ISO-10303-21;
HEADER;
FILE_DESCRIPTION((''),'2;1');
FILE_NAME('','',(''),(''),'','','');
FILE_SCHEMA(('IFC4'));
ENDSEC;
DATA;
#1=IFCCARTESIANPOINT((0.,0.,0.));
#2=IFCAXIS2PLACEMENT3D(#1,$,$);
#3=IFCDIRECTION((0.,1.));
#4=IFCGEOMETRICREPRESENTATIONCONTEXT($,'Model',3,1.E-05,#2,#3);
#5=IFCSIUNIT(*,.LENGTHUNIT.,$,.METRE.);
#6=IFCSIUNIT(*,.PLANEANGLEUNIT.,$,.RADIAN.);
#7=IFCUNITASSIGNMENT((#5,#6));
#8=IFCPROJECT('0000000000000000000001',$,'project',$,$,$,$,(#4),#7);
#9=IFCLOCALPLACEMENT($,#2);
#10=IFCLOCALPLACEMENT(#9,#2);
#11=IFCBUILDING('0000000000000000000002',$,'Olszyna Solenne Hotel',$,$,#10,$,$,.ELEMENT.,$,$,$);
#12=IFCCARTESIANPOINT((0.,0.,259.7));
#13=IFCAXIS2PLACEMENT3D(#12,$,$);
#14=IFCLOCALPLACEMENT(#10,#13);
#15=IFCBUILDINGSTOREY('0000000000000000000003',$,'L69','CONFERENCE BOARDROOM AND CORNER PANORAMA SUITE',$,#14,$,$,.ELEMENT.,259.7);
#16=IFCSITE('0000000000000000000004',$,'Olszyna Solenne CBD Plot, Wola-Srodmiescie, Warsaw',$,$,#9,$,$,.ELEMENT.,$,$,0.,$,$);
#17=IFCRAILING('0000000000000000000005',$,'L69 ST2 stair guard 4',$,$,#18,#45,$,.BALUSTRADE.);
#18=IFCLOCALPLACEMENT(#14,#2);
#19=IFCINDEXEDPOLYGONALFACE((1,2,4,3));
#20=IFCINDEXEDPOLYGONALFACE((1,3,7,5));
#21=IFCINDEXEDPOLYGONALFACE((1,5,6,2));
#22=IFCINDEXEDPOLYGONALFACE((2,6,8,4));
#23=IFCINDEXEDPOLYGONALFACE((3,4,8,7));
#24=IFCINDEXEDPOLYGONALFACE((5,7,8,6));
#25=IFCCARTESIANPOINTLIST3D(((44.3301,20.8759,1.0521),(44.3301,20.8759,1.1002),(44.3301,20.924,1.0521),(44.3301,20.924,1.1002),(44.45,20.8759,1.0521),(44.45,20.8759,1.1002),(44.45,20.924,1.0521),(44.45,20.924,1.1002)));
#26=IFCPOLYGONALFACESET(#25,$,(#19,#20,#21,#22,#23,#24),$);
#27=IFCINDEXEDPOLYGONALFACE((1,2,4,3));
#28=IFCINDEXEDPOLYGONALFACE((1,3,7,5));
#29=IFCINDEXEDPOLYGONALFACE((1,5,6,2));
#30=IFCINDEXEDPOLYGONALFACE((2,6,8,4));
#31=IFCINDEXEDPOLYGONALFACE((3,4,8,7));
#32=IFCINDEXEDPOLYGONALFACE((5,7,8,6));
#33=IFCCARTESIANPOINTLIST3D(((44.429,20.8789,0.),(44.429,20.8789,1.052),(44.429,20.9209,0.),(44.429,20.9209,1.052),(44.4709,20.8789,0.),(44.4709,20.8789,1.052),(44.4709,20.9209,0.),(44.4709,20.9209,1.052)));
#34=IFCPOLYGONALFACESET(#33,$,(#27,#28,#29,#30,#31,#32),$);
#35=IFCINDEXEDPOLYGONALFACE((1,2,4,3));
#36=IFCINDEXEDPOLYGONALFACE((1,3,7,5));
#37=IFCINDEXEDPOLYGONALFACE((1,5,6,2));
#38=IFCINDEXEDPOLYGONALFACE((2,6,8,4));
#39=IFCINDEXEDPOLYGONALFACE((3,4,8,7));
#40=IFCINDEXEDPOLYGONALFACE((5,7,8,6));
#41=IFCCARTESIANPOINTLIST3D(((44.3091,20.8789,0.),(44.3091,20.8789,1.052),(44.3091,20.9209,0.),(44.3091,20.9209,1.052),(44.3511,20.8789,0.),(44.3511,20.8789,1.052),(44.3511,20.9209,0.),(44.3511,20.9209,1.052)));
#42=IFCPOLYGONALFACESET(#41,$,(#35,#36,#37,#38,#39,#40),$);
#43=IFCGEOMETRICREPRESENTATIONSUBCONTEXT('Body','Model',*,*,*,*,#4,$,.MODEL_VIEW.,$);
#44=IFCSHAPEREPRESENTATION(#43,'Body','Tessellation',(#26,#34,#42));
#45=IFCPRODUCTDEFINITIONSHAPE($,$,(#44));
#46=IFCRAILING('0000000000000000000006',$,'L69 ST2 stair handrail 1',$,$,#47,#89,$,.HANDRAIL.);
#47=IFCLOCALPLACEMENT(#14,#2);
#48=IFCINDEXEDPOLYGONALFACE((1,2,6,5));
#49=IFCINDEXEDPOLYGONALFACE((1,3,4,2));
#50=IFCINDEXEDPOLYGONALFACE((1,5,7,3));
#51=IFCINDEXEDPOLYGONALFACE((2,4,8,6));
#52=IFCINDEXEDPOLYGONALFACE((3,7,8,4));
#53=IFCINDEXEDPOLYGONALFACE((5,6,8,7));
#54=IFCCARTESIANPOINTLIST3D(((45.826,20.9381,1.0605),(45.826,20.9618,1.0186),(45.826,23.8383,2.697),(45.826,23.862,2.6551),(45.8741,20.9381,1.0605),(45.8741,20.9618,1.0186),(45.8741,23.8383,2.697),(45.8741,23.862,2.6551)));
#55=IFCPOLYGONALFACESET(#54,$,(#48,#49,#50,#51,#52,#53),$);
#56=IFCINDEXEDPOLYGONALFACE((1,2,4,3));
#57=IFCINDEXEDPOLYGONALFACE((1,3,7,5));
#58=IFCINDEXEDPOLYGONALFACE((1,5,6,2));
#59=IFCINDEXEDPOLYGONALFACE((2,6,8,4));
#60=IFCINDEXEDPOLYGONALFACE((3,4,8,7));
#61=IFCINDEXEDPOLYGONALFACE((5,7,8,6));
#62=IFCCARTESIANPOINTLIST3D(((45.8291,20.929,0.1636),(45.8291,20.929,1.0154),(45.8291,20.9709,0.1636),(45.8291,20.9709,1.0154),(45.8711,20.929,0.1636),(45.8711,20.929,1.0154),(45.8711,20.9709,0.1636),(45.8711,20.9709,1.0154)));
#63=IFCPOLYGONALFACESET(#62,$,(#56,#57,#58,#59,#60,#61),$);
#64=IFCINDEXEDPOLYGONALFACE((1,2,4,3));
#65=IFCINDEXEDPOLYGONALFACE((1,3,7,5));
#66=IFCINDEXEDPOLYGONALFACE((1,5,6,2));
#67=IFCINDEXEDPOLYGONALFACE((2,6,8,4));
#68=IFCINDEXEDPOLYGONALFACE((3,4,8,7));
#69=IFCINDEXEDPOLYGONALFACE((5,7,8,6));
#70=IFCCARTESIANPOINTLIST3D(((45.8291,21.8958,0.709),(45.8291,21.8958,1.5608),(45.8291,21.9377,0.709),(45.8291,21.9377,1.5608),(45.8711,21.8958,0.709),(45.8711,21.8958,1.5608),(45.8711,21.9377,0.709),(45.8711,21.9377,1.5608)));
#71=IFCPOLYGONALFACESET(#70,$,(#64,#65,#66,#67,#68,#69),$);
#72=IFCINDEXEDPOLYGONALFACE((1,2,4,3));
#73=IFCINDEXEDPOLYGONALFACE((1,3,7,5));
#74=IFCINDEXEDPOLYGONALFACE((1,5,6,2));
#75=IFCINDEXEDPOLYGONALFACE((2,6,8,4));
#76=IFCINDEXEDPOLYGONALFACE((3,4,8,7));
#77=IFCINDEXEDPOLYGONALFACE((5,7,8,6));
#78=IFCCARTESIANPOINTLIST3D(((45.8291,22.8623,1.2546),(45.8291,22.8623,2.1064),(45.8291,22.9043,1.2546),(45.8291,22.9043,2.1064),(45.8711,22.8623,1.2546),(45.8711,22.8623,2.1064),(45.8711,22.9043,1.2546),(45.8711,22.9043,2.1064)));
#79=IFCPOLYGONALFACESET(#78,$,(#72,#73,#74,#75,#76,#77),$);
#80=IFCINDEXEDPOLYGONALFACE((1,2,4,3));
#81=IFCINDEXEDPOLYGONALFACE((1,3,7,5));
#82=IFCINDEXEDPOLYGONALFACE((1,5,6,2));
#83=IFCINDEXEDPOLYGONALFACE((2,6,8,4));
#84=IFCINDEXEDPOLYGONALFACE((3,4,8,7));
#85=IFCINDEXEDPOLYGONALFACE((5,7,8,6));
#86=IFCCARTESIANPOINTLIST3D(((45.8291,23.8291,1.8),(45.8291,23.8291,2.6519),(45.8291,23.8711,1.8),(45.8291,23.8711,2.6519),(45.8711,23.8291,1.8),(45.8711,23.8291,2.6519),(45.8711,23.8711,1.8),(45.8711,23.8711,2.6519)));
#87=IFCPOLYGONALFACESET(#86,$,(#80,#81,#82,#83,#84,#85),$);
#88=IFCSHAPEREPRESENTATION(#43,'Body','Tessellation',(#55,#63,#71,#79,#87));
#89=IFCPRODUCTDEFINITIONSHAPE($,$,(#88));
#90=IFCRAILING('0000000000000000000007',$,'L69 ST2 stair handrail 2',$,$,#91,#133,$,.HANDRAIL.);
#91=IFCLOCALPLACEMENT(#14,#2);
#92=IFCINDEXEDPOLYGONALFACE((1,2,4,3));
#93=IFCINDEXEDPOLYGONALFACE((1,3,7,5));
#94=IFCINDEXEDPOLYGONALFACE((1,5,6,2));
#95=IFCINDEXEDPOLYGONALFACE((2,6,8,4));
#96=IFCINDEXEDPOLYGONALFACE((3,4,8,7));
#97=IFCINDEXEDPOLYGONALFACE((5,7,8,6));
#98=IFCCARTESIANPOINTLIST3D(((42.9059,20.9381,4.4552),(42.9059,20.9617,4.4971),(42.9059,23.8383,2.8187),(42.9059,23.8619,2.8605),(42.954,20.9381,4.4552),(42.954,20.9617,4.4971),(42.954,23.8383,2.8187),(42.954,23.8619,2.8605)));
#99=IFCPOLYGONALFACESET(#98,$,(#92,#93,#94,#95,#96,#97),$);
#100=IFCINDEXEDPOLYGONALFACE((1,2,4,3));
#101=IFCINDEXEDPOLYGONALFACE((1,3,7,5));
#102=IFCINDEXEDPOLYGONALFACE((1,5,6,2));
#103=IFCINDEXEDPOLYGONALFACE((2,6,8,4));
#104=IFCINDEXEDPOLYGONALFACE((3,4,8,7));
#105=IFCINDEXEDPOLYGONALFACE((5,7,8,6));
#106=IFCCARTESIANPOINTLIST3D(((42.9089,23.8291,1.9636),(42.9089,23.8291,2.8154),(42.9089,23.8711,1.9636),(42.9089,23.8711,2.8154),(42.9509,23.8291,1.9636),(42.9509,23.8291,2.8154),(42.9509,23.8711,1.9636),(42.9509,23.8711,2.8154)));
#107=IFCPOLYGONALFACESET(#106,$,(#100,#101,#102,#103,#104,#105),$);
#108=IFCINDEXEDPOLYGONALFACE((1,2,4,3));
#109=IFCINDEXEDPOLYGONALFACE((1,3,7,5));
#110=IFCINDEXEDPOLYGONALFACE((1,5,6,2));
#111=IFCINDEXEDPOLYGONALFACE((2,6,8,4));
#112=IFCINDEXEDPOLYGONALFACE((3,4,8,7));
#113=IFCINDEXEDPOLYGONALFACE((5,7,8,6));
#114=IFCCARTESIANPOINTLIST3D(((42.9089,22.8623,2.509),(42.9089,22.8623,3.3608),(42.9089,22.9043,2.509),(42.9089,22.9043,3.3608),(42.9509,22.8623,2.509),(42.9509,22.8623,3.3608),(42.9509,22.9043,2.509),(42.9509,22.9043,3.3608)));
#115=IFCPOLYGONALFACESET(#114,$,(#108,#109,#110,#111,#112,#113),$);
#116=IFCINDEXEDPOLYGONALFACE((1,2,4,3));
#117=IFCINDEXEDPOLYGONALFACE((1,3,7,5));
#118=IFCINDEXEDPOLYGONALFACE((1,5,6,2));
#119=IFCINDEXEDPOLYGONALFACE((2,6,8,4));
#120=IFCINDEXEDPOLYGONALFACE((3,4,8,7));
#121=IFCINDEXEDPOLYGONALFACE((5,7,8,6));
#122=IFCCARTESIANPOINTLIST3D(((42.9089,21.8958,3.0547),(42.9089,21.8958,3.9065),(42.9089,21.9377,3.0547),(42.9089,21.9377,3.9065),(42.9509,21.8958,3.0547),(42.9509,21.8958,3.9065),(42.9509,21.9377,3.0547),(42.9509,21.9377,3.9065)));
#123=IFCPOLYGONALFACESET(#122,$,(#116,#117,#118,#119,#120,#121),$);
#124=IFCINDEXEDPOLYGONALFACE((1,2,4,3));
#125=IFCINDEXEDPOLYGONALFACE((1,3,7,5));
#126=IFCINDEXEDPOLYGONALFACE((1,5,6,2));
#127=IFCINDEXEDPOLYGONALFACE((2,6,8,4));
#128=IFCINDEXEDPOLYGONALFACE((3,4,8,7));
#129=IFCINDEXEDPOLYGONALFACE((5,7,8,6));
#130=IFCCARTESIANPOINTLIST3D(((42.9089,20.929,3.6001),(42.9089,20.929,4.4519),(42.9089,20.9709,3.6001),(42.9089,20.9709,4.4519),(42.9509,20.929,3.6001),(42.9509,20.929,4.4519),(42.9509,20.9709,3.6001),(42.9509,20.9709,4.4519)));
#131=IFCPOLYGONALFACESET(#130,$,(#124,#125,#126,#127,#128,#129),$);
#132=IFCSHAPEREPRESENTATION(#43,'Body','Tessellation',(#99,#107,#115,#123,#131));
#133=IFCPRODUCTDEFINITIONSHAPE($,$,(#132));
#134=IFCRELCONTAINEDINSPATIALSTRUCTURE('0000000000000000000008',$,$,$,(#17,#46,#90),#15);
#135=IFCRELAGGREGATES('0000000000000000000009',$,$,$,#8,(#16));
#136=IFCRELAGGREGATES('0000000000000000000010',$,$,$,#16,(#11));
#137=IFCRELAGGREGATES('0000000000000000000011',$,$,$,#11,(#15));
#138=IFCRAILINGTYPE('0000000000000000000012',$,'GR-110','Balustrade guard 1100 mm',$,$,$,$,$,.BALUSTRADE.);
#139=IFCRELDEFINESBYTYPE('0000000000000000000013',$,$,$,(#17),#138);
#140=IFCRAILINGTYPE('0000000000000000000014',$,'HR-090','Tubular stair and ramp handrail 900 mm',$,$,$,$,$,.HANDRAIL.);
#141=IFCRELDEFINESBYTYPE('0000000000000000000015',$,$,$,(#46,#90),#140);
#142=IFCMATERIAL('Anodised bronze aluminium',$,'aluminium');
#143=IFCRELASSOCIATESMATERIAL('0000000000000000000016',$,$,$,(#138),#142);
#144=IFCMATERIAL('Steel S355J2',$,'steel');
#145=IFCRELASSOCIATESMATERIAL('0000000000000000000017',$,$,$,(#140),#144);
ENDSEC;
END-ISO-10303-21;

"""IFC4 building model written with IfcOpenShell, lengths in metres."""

from ifc_helpers import new_model, si_unit, direction, frame, origin, origin_2d, place, context, subcontext, project, spatial, rectangle, extrude, material, type_object, element, save


model = new_model("IFC4")

# Units and contexts
model_context = context("Model", 3, precision=1e-05, world=origin(), true_north=direction((0.0, 1.0)))
body_context = subcontext(model_context, "Body", "Model", "MODEL_VIEW")
ifc_project = project(units=[si_unit("LENGTHUNIT", "METRE"), si_unit("PLANEANGLEUNIT", "RADIAN")], contexts=[model_context])

# Site, building, storey
site_placement = place(None, origin())
site = spatial("IfcSite", under=ifc_project, at=site_placement, Name="Olszyna Solenne CBD Plot, Wola-Srodmiescie, Warsaw", CompositionType="ELEMENT", RefElevation=0.0)
building_placement = place(site_placement, origin())
building = spatial("IfcBuilding", under=site, at=building_placement, Name="Olszyna Solenne Hotel", CompositionType="ELEMENT")
storey_placement = place(building_placement, frame((0.0, 0.0, 259.7)))
storey = spatial("IfcBuildingStorey", under=building, at=storey_placement, Name="L69", Description="CONFERENCE BOARDROOM AND CORNER PANORAMA SUITE", CompositionType="ELEMENT", Elevation=259.7)

# Shared definitions
ifc_material_1 = material(Name="Steel S355J2", Category="steel")

# Shared definitions
ifc_material_2 = material(Name="Anodised bronze aluminium", Category="aluminium")

# Railings
railing_type_1 = type_object("IfcRailingType", Name="GR-110", Description="Balustrade guard 1100 mm", PredefinedType="BALUSTRADE", material=ifc_material_2)
railing_1_placement = place(storey_placement, frame((44.45, 20.8999, 0.0)))
element("IfcRailing", 1, at=railing_1_placement, inside=storey, type_object=railing_type_1, Name="L69 ST2 stair guard 4", PredefinedType="BALUSTRADE", context=body_context, shape_type="SweptSolid", body=[
    extrude(rectangle(XDim=0.0481, YDim=0.0481, at=origin_2d()), frame((0.0, 0.0, 1.0762), z_axis=(-1.0, 0.0, 0.0), x_axis=(0.0, -1.0, 0.0)), (0.0, 0.0, 1.0), 0.1199),
    extrude(rectangle(XDim=0.042, YDim=0.042, at=origin_2d()), origin(), (0.0, 0.0, 1.0), 1.052),
    extrude(rectangle(XDim=0.042, YDim=0.042, at=origin_2d()), frame((-0.1199, 0.0, 0.0)), (0.0, 0.0, 1.0), 1.052),
])
railing_type_2 = type_object("IfcRailingType", Name="HR-090", Description="Tubular stair and ramp handrail 900 mm", PredefinedType="HANDRAIL", material=ifc_material_1)
railing_2_placement = place(storey_placement, frame((45.8501, 20.95, 0.1636)))
element("IfcRailing", 2, at=railing_2_placement, inside=storey, type_object=railing_type_2, Name="L69 ST2 stair handrail 1", PredefinedType="HANDRAIL", context=body_context, shape_type="SweptSolid", body=[
    extrude(rectangle(XDim=0.0481, YDim=0.0481, at=origin_2d()), frame((0.0, 0.0, 0.876), z_axis=(0.0, 0.870915, 0.491434), x_axis=(-1.0, 0.0, 0.0)), (0.0, 0.0, 1.0), 3.3301),
    extrude(rectangle(XDim=0.042, YDim=0.042, at=origin_2d()), origin(), (0.0, 0.0, 1.0), 0.8518),
    extrude(rectangle(XDim=0.042, YDim=0.042, at=origin_2d()), frame((0.0, 0.9668, 0.5454)), (0.0, 0.0, 1.0), 0.8518),
    extrude(rectangle(XDim=0.042, YDim=0.042, at=origin_2d()), frame((0.0, 1.9333, 1.0911)), (0.0, 0.0, 1.0), 0.8518),
    extrude(rectangle(XDim=0.042, YDim=0.042, at=origin_2d()), frame((0.0, 2.9001, 1.6365)), (0.0, 0.0, 1.0), 0.8518),
])
railing_3_placement = place(storey_placement, frame((42.9299, 23.8501, 1.9636)))
element("IfcRailing", 3, at=railing_3_placement, inside=storey, type_object=railing_type_2, Name="L69 ST2 stair handrail 2", PredefinedType="HANDRAIL", context=body_context, shape_type="SweptSolid", body=[
    extrude(rectangle(XDim=0.0481, YDim=0.0481, at=origin_2d()), frame((0.0, 0.0, 0.876), z_axis=(0.0, -0.870915, 0.491434), x_axis=(1.0, 0.0, 0.0)), (0.0, 0.0, 1.0), 3.3301),
    extrude(rectangle(XDim=0.042, YDim=0.042, at=origin_2d()), origin(), (0.0, 0.0, 1.0), 0.8518),
    extrude(rectangle(XDim=0.042, YDim=0.042, at=origin_2d()), frame((0.0, -0.9668, 0.5454)), (0.0, 0.0, 1.0), 0.8518),
    extrude(rectangle(XDim=0.042, YDim=0.042, at=origin_2d()), frame((0.0, -1.9333, 1.0911)), (0.0, 0.0, 1.0), 0.8518),
    extrude(rectangle(XDim=0.042, YDim=0.042, at=origin_2d()), frame((0.0, -2.9001, 1.6365)), (0.0, 0.0, 1.0), 0.8518),
])

save(model, "model.ifc")
